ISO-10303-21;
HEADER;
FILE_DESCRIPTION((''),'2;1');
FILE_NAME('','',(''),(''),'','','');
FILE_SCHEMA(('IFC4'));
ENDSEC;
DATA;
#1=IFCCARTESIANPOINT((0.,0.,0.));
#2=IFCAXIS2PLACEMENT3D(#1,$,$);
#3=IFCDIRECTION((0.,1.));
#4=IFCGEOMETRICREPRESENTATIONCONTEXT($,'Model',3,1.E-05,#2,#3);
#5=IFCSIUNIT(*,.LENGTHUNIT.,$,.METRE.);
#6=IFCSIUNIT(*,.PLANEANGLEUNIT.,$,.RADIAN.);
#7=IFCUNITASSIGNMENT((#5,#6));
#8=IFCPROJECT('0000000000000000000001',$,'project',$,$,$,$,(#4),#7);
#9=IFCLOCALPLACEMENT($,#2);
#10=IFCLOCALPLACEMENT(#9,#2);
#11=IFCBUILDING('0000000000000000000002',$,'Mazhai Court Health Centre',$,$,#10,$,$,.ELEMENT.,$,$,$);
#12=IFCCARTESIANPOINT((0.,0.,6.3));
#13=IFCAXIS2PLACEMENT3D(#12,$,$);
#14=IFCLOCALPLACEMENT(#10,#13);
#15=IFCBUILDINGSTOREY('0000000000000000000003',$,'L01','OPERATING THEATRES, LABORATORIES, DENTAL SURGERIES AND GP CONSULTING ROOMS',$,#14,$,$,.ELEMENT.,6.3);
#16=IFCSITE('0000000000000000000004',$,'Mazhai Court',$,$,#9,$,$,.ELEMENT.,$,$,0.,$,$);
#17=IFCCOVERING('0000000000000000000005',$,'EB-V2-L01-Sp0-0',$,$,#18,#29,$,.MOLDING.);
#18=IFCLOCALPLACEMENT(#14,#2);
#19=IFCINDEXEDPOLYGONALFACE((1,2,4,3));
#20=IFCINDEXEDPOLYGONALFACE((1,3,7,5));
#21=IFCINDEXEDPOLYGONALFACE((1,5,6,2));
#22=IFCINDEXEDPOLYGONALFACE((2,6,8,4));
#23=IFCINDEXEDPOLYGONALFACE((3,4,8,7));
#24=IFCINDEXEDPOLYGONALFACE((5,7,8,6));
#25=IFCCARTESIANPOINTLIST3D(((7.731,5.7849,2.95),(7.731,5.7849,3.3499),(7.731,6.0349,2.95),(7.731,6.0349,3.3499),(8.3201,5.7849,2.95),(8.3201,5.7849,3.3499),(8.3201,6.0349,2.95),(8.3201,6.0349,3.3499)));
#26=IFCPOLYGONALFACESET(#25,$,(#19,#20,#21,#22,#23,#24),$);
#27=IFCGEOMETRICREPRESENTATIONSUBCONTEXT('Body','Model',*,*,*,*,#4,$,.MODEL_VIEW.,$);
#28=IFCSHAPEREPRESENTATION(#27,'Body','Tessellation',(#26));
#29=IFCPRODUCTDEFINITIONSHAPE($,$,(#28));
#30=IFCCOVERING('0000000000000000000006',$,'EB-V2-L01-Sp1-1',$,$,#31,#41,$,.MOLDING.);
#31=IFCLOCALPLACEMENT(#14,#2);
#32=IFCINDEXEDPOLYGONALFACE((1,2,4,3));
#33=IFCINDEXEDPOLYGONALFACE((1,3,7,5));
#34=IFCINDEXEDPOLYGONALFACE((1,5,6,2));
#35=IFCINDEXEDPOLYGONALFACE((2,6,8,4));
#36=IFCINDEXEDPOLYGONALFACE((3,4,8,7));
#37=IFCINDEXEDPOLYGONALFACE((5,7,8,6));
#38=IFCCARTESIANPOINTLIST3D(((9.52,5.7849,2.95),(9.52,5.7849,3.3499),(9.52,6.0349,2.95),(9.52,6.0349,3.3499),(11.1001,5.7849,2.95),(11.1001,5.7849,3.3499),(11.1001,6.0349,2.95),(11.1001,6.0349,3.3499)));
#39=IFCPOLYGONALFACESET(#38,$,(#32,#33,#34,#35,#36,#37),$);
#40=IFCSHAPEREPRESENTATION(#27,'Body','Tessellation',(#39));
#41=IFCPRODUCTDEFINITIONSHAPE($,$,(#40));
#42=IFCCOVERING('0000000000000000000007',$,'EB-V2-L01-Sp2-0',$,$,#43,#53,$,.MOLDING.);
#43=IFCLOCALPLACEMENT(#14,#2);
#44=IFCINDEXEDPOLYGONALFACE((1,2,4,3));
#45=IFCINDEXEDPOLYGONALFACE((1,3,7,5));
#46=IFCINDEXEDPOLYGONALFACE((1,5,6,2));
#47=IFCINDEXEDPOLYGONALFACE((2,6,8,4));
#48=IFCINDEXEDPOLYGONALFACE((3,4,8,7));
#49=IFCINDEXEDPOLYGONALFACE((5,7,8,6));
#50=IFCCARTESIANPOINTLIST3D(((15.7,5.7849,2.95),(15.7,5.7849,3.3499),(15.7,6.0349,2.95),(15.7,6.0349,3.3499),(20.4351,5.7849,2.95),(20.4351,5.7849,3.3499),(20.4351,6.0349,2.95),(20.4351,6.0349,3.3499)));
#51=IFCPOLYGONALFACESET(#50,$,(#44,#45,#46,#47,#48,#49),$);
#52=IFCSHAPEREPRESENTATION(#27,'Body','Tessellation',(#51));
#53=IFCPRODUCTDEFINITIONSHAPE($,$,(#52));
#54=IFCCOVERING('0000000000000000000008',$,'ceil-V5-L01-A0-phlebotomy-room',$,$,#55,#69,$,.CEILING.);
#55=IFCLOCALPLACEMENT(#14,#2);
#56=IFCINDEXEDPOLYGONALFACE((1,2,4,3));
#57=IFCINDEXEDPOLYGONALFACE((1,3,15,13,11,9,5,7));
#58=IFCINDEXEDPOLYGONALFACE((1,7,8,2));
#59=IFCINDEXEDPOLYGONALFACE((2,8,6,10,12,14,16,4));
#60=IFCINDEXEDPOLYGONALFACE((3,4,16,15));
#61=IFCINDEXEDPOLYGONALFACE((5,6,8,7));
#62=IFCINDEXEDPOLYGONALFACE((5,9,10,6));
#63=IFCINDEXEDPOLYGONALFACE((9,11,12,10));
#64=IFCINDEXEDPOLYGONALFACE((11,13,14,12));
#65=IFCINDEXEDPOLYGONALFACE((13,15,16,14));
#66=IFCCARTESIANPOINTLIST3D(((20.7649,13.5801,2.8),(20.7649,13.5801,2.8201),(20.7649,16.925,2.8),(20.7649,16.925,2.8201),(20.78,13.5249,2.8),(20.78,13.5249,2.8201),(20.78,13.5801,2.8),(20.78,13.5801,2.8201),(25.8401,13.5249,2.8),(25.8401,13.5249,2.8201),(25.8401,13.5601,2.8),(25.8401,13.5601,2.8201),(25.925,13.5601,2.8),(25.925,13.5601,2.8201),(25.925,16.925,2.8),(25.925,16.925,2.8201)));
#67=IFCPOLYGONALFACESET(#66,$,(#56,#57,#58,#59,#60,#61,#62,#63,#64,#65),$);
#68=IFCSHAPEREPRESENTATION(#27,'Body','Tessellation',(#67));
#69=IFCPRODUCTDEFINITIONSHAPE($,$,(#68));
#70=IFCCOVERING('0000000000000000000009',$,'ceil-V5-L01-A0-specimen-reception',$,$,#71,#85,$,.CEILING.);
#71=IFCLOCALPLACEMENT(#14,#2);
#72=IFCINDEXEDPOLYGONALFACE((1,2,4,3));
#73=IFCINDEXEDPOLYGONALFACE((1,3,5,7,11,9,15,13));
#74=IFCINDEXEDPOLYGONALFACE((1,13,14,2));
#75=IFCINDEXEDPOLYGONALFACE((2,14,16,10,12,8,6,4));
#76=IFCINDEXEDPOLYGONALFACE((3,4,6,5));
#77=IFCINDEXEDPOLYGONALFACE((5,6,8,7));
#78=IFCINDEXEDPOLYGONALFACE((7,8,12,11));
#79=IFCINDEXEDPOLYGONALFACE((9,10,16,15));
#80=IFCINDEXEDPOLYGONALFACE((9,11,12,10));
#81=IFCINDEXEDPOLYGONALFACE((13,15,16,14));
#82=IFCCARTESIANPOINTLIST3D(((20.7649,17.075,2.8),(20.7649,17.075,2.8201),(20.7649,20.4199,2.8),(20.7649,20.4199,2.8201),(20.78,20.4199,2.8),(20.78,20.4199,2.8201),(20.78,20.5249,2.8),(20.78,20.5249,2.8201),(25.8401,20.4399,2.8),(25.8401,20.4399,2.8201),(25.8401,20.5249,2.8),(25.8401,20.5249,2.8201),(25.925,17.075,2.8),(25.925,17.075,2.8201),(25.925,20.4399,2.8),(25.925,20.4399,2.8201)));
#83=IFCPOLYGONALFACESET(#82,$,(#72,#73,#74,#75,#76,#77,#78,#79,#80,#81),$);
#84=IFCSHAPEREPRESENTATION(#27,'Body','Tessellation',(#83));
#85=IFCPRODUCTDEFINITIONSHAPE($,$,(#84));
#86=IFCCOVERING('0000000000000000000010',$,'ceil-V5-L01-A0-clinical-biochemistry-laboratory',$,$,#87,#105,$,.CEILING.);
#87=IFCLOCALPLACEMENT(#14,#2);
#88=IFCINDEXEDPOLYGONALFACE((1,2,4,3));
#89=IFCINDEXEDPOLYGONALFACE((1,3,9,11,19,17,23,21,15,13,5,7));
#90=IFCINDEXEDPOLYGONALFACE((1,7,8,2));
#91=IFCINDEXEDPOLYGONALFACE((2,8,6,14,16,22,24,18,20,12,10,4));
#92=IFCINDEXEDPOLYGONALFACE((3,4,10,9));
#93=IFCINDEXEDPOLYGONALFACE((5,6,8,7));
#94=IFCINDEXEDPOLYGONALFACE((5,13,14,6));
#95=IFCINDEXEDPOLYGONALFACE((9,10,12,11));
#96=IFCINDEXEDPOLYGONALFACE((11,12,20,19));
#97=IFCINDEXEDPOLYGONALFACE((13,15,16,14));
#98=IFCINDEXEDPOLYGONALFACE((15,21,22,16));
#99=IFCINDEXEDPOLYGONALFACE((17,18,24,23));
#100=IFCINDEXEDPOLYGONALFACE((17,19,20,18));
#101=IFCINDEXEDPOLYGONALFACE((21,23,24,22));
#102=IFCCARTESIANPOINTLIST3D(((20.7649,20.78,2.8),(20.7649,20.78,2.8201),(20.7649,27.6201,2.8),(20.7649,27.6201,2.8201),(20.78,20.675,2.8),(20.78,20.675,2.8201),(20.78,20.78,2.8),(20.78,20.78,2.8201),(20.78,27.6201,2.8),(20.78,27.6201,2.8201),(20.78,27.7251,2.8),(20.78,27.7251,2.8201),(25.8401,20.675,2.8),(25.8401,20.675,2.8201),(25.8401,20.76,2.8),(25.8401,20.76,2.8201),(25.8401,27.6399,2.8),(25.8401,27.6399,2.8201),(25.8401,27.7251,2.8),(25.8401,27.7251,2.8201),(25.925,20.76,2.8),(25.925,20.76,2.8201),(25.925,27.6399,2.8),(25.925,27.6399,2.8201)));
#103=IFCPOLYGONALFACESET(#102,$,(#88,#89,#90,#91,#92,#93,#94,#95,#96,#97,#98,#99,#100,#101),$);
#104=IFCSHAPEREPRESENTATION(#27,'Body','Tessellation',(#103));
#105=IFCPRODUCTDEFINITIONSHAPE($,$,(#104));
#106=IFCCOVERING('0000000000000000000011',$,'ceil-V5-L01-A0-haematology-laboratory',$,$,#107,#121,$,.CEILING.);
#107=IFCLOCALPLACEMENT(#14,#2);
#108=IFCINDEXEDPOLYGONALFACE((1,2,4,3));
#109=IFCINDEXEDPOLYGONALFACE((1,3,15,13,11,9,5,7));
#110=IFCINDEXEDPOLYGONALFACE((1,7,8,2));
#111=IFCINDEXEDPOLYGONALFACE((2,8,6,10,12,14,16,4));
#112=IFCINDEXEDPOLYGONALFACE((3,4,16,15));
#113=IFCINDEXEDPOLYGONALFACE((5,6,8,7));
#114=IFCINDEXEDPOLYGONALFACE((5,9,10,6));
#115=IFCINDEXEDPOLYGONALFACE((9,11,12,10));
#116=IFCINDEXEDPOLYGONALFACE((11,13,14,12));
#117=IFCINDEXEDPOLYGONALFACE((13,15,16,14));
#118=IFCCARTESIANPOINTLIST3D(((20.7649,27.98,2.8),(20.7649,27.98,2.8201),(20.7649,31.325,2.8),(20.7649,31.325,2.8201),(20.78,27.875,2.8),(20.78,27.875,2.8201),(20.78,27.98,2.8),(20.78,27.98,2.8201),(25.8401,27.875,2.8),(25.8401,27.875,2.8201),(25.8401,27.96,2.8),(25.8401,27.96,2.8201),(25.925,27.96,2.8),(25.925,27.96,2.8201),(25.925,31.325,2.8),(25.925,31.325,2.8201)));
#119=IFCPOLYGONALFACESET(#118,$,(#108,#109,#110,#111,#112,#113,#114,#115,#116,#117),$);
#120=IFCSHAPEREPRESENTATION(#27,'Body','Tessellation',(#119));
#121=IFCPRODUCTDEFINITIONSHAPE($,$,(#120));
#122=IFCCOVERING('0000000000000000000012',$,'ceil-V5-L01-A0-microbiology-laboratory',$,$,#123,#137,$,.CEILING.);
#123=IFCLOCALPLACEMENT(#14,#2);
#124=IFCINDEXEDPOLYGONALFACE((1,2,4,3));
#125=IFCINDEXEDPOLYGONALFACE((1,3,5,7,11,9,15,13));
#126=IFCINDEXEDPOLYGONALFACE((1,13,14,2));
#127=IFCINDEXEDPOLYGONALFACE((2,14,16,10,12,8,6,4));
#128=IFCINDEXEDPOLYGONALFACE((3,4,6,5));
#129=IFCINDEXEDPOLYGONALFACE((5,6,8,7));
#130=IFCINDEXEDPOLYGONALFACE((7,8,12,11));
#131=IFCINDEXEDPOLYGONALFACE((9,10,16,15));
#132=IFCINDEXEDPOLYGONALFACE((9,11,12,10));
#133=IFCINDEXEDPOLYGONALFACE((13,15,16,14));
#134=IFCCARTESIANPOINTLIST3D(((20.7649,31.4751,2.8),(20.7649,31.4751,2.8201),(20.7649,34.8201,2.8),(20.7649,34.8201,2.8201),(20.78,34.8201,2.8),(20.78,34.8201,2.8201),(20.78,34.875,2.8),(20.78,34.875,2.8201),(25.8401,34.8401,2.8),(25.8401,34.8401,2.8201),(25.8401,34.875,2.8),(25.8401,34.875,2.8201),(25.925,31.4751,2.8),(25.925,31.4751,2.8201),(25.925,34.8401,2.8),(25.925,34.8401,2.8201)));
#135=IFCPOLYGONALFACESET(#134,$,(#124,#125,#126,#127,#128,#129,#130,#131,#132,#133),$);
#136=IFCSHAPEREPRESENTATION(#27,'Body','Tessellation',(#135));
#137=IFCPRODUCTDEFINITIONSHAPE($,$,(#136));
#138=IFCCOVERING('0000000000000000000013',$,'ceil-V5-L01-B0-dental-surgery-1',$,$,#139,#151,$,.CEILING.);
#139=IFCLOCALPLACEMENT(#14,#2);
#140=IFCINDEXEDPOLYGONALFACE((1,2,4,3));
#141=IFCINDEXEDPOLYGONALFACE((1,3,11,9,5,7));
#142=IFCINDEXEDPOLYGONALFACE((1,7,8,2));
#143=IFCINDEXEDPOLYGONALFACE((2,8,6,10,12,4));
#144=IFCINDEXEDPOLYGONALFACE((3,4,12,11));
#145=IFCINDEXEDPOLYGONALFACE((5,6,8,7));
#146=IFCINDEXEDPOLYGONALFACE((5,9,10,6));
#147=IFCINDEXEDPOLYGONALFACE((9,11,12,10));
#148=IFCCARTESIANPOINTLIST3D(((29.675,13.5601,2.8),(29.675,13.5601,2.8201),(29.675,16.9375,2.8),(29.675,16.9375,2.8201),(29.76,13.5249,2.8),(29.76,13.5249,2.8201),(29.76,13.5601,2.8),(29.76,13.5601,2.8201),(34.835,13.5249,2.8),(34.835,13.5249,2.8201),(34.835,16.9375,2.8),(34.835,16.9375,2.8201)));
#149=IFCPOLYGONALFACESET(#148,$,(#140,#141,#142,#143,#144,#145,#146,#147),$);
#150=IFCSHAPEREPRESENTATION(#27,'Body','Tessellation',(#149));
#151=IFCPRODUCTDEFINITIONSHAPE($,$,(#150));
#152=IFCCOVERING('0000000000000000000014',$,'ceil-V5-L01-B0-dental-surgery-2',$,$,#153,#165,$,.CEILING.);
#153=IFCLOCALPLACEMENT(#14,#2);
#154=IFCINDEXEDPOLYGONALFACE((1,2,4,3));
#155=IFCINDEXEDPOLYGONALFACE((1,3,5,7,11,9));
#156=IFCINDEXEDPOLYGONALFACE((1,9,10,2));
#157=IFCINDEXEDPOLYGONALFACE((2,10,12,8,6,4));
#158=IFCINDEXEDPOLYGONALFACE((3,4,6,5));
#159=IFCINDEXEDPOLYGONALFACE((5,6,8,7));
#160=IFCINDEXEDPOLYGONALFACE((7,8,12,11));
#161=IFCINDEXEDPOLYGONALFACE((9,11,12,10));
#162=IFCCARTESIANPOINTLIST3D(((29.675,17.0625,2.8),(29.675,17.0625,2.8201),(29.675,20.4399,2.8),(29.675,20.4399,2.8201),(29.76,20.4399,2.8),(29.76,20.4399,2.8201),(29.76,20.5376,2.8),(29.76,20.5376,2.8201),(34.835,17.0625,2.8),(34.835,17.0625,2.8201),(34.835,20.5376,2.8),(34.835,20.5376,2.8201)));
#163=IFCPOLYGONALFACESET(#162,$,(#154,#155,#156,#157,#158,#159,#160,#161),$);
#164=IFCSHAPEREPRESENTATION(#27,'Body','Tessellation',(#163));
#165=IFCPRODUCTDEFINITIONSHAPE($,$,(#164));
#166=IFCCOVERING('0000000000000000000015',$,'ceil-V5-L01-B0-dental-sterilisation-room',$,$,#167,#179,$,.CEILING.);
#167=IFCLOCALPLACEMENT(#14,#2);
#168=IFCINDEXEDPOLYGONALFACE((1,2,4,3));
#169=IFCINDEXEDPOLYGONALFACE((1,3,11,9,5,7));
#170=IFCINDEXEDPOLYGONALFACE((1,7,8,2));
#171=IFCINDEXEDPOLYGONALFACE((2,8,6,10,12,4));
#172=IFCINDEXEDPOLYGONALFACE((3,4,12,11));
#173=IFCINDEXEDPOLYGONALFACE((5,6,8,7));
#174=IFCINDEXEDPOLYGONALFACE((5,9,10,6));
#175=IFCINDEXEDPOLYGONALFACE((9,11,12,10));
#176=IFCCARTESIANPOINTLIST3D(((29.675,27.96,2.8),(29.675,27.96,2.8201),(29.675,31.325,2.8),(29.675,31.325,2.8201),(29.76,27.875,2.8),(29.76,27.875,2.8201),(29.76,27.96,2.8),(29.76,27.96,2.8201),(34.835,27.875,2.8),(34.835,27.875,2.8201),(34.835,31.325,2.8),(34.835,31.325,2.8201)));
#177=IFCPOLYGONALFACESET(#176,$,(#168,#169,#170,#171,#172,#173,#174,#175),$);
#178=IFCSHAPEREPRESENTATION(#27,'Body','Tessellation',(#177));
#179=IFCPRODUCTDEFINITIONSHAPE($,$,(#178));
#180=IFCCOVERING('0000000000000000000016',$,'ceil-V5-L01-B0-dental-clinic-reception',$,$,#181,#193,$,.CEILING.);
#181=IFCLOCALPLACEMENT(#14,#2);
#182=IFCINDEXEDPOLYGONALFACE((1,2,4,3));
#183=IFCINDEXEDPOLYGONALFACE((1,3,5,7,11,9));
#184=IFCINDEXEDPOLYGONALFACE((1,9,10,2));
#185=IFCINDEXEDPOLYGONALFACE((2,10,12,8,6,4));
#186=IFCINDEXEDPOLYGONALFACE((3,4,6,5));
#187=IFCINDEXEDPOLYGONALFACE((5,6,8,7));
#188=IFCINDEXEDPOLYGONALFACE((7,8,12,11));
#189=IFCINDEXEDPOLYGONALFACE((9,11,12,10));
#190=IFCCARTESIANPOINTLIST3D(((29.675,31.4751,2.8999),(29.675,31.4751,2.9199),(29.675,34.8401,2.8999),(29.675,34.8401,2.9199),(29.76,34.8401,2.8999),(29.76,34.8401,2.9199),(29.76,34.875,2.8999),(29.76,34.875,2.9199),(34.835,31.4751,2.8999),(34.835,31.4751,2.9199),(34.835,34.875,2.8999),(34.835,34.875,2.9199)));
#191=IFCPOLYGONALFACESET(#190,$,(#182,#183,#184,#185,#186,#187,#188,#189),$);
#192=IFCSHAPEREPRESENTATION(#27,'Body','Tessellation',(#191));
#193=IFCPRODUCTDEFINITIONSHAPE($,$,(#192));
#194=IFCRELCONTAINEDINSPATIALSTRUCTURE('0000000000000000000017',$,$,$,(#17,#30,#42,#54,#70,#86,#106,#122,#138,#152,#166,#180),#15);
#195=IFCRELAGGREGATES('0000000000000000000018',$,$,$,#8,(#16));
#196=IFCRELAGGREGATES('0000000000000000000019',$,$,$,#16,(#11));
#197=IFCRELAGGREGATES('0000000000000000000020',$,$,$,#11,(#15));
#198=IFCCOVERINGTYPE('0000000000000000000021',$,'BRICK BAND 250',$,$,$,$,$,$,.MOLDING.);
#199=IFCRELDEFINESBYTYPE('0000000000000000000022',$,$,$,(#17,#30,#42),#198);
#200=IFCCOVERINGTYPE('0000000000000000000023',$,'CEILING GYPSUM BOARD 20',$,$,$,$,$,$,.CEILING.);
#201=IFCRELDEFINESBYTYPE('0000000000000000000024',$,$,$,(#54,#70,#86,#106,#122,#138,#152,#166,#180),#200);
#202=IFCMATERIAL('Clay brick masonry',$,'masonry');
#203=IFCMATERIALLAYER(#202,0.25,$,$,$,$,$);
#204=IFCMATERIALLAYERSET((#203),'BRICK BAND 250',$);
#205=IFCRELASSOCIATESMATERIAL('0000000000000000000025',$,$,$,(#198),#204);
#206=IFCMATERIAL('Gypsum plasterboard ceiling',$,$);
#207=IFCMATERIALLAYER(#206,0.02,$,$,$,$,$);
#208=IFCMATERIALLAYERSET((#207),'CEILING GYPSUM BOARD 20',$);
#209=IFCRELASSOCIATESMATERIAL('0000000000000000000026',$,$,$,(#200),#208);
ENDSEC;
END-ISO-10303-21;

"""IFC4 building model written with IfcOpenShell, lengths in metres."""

from ifc_helpers import new_model, si_unit, direction, frame, origin, place, context, subcontext, project, spatial, polyline, outline, extrude, material, layer, layer_set, type_object, element, save


model = new_model("IFC4")

# Units and contexts
model_context = context("Model", 3, precision=1e-05, world=origin(), true_north=direction((0.0, 1.0)))
body_context = subcontext(model_context, "Body", "Model", "MODEL_VIEW")
ifc_project = project(units=[si_unit("LENGTHUNIT", "METRE"), si_unit("PLANEANGLEUNIT", "RADIAN")], contexts=[model_context])

# Site, building, storey
site_placement = place(None, origin())
site = spatial("IfcSite", under=ifc_project, at=site_placement, Name="Mazhai Court", CompositionType="ELEMENT", RefElevation=0.0)
building_placement = place(site_placement, origin())
building = spatial("IfcBuilding", under=site, at=building_placement, Name="Mazhai Court Health Centre", CompositionType="ELEMENT")
storey_placement = place(building_placement, frame((0.0, 0.0, 6.3)))
storey = spatial("IfcBuildingStorey", under=building, at=storey_placement, Name="L01", Description="OPERATING THEATRES, LABORATORIES, DENTAL SURGERIES AND GP CONSULTING ROOMS", CompositionType="ELEMENT", Elevation=6.3)

# Coverings
ifc_material_1 = material(Name="Clay brick masonry", Category="masonry")
ifc_layer_1 = layer(ifc_material_1, 0.25)
ifc_layer_set_1 = layer_set([ifc_layer_1], Name="BRICK BAND 250")
covering_type_1 = type_object("IfcCoveringType", Name="BRICK BAND 250", PredefinedType="MOLDING", material=ifc_layer_set_1)
covering_1_placement = place(storey_placement, frame((0.0, 0.0, 2.95)))
element("IfcCovering", 1, at=covering_1_placement, inside=storey, type_object=covering_type_1, Name="EB-V2-L01-Sp0-0", PredefinedType="MOLDING", context=body_context, shape_type="SweptSolid", body=[
    extrude(outline(polyline([(8.3201, 6.0349), (7.731, 6.0349), (7.731, 5.7849), (8.3201, 5.7849), (8.3201, 6.0349)])), origin(), (0.0, 0.0, 1.0), 0.3999),
])
covering_2_placement = place(storey_placement, frame((0.0, 0.0, 2.95)))
element("IfcCovering", 2, at=covering_2_placement, inside=storey, type_object=covering_type_1, Name="EB-V2-L01-Sp1-1", PredefinedType="MOLDING", context=body_context, shape_type="SweptSolid", body=[
    extrude(outline(polyline([(11.1001, 6.0349), (9.52, 6.0349), (9.52, 5.7849), (11.1001, 5.7849), (11.1001, 6.0349)])), origin(), (0.0, 0.0, 1.0), 0.3999),
])
covering_3_placement = place(storey_placement, frame((0.0, 0.0, 2.95)))
element("IfcCovering", 3, at=covering_3_placement, inside=storey, type_object=covering_type_1, Name="EB-V2-L01-Sp2-0", PredefinedType="MOLDING", context=body_context, shape_type="SweptSolid", body=[
    extrude(outline(polyline([(20.4351, 6.0349), (15.7, 6.0349), (15.7, 5.7849), (20.4351, 5.7849), (20.4351, 6.0349)])), origin(), (0.0, 0.0, 1.0), 0.3999),
])
ifc_material_2 = material(Name="Gypsum plasterboard ceiling")
ifc_layer_2 = layer(ifc_material_2, 0.02)
ifc_layer_set_2 = layer_set([ifc_layer_2], Name="CEILING GYPSUM BOARD 20")
covering_type_2 = type_object("IfcCoveringType", Name="CEILING GYPSUM BOARD 20", PredefinedType="CEILING", material=ifc_layer_set_2)
covering_4_placement = place(storey_placement, frame((0.0, 0.0, 2.8)))
element("IfcCovering", 4, at=covering_4_placement, inside=storey, type_object=covering_type_2, Name="ceil-V5-L01-A0-phlebotomy-room", PredefinedType="CEILING", context=body_context, shape_type="SweptSolid", body=[
    extrude(outline(polyline([(20.7649, 13.5801), (20.78, 13.5801), (20.78, 13.5249), (25.8401, 13.5249), (25.8401, 13.5601), (25.925, 13.5601), (25.925, 16.925), (20.7649, 16.925), (20.7649, 13.5801)])), origin(), (0.0, 0.0, 1.0), 0.02),
])
covering_5_placement = place(storey_placement, frame((0.0, 0.0, 2.8)))
element("IfcCovering", 5, at=covering_5_placement, inside=storey, type_object=covering_type_2, Name="ceil-V5-L01-A0-specimen-reception", PredefinedType="CEILING", context=body_context, shape_type="SweptSolid", body=[
    extrude(outline(polyline([(25.925, 20.4399), (25.8401, 20.4399), (25.8401, 20.5249), (20.78, 20.5249), (20.78, 20.4199), (20.7649, 20.4199), (20.7649, 17.075), (25.925, 17.075), (25.925, 20.4399)])), origin(), (0.0, 0.0, 1.0), 0.02),
])
covering_6_placement = place(storey_placement, frame((0.0, 0.0, 2.8)))
element("IfcCovering", 6, at=covering_6_placement, inside=storey, type_object=covering_type_2, Name="ceil-V5-L01-A0-clinical-biochemistry-laboratory", PredefinedType="CEILING", context=body_context, shape_type="SweptSolid", body=[
    extrude(outline(polyline([(25.925, 27.6399), (25.8401, 27.6399), (25.8401, 27.7251), (20.78, 27.7251), (20.78, 27.6201), (20.7649, 27.6201), (20.7649, 20.78), (20.78, 20.78), (20.78, 20.675), (25.8401, 20.675), (25.8401, 20.76), (25.925, 20.76), (25.925, 27.6399)])), origin(), (0.0, 0.0, 1.0), 0.02),
])
covering_7_placement = place(storey_placement, frame((0.0, 0.0, 2.8)))
element("IfcCovering", 7, at=covering_7_placement, inside=storey, type_object=covering_type_2, Name="ceil-V5-L01-A0-haematology-laboratory", PredefinedType="CEILING", context=body_context, shape_type="SweptSolid", body=[
    extrude(outline(polyline([(20.7649, 27.98), (20.78, 27.98), (20.78, 27.875), (25.8401, 27.875), (25.8401, 27.96), (25.925, 27.96), (25.925, 31.325), (20.7649, 31.325), (20.7649, 27.98)])), origin(), (0.0, 0.0, 1.0), 0.02),
])
covering_8_placement = place(storey_placement, frame((0.0, 0.0, 2.8)))
element("IfcCovering", 8, at=covering_8_placement, inside=storey, type_object=covering_type_2, Name="ceil-V5-L01-A0-microbiology-laboratory", PredefinedType="CEILING", context=body_context, shape_type="SweptSolid", body=[
    extrude(outline(polyline([(25.925, 34.8401), (25.8401, 34.8401), (25.8401, 34.875), (20.78, 34.875), (20.78, 34.8201), (20.7649, 34.8201), (20.7649, 31.4751), (25.925, 31.4751), (25.925, 34.8401)])), origin(), (0.0, 0.0, 1.0), 0.02),
])
covering_9_placement = place(storey_placement, frame((0.0, 0.0, 2.8)))
element("IfcCovering", 9, at=covering_9_placement, inside=storey, type_object=covering_type_2, Name="ceil-V5-L01-B0-dental-surgery-1", PredefinedType="CEILING", context=body_context, shape_type="SweptSolid", body=[
    extrude(outline(polyline([(29.675, 13.5601), (29.76, 13.5601), (29.76, 13.5249), (34.835, 13.5249), (34.835, 16.9375), (29.675, 16.9375), (29.675, 13.5601)])), origin(), (0.0, 0.0, 1.0), 0.02),
])
covering_10_placement = place(storey_placement, frame((0.0, 0.0, 2.8)))
element("IfcCovering", 10, at=covering_10_placement, inside=storey, type_object=covering_type_2, Name="ceil-V5-L01-B0-dental-surgery-2", PredefinedType="CEILING", context=body_context, shape_type="SweptSolid", body=[
    extrude(outline(polyline([(29.76, 20.5376), (29.76, 20.4399), (29.675, 20.4399), (29.675, 17.0625), (34.835, 17.0625), (34.835, 20.5376), (29.76, 20.5376)])), origin(), (0.0, 0.0, 1.0), 0.02),
])
covering_11_placement = place(storey_placement, frame((0.0, 0.0, 2.8)))
element("IfcCovering", 11, at=covering_11_placement, inside=storey, type_object=covering_type_2, Name="ceil-V5-L01-B0-dental-sterilisation-room", PredefinedType="CEILING", context=body_context, shape_type="SweptSolid", body=[
    extrude(outline(polyline([(29.675, 27.96), (29.76, 27.96), (29.76, 27.875), (34.835, 27.875), (34.835, 31.325), (29.675, 31.325), (29.675, 27.96)])), origin(), (0.0, 0.0, 1.0), 0.02),
])
covering_12_placement = place(storey_placement, frame((0.0, 0.0, 2.8999)))
element("IfcCovering", 12, at=covering_12_placement, inside=storey, type_object=covering_type_2, Name="ceil-V5-L01-B0-dental-clinic-reception", PredefinedType="CEILING", context=body_context, shape_type="SweptSolid", body=[
    extrude(outline(polyline([(29.76, 34.875), (29.76, 34.8401), (29.675, 34.8401), (29.675, 31.4751), (34.835, 31.4751), (34.835, 34.875), (29.76, 34.875)])), origin(), (0.0, 0.0, 1.0), 0.02),
])

save(model, "model.ifc")
